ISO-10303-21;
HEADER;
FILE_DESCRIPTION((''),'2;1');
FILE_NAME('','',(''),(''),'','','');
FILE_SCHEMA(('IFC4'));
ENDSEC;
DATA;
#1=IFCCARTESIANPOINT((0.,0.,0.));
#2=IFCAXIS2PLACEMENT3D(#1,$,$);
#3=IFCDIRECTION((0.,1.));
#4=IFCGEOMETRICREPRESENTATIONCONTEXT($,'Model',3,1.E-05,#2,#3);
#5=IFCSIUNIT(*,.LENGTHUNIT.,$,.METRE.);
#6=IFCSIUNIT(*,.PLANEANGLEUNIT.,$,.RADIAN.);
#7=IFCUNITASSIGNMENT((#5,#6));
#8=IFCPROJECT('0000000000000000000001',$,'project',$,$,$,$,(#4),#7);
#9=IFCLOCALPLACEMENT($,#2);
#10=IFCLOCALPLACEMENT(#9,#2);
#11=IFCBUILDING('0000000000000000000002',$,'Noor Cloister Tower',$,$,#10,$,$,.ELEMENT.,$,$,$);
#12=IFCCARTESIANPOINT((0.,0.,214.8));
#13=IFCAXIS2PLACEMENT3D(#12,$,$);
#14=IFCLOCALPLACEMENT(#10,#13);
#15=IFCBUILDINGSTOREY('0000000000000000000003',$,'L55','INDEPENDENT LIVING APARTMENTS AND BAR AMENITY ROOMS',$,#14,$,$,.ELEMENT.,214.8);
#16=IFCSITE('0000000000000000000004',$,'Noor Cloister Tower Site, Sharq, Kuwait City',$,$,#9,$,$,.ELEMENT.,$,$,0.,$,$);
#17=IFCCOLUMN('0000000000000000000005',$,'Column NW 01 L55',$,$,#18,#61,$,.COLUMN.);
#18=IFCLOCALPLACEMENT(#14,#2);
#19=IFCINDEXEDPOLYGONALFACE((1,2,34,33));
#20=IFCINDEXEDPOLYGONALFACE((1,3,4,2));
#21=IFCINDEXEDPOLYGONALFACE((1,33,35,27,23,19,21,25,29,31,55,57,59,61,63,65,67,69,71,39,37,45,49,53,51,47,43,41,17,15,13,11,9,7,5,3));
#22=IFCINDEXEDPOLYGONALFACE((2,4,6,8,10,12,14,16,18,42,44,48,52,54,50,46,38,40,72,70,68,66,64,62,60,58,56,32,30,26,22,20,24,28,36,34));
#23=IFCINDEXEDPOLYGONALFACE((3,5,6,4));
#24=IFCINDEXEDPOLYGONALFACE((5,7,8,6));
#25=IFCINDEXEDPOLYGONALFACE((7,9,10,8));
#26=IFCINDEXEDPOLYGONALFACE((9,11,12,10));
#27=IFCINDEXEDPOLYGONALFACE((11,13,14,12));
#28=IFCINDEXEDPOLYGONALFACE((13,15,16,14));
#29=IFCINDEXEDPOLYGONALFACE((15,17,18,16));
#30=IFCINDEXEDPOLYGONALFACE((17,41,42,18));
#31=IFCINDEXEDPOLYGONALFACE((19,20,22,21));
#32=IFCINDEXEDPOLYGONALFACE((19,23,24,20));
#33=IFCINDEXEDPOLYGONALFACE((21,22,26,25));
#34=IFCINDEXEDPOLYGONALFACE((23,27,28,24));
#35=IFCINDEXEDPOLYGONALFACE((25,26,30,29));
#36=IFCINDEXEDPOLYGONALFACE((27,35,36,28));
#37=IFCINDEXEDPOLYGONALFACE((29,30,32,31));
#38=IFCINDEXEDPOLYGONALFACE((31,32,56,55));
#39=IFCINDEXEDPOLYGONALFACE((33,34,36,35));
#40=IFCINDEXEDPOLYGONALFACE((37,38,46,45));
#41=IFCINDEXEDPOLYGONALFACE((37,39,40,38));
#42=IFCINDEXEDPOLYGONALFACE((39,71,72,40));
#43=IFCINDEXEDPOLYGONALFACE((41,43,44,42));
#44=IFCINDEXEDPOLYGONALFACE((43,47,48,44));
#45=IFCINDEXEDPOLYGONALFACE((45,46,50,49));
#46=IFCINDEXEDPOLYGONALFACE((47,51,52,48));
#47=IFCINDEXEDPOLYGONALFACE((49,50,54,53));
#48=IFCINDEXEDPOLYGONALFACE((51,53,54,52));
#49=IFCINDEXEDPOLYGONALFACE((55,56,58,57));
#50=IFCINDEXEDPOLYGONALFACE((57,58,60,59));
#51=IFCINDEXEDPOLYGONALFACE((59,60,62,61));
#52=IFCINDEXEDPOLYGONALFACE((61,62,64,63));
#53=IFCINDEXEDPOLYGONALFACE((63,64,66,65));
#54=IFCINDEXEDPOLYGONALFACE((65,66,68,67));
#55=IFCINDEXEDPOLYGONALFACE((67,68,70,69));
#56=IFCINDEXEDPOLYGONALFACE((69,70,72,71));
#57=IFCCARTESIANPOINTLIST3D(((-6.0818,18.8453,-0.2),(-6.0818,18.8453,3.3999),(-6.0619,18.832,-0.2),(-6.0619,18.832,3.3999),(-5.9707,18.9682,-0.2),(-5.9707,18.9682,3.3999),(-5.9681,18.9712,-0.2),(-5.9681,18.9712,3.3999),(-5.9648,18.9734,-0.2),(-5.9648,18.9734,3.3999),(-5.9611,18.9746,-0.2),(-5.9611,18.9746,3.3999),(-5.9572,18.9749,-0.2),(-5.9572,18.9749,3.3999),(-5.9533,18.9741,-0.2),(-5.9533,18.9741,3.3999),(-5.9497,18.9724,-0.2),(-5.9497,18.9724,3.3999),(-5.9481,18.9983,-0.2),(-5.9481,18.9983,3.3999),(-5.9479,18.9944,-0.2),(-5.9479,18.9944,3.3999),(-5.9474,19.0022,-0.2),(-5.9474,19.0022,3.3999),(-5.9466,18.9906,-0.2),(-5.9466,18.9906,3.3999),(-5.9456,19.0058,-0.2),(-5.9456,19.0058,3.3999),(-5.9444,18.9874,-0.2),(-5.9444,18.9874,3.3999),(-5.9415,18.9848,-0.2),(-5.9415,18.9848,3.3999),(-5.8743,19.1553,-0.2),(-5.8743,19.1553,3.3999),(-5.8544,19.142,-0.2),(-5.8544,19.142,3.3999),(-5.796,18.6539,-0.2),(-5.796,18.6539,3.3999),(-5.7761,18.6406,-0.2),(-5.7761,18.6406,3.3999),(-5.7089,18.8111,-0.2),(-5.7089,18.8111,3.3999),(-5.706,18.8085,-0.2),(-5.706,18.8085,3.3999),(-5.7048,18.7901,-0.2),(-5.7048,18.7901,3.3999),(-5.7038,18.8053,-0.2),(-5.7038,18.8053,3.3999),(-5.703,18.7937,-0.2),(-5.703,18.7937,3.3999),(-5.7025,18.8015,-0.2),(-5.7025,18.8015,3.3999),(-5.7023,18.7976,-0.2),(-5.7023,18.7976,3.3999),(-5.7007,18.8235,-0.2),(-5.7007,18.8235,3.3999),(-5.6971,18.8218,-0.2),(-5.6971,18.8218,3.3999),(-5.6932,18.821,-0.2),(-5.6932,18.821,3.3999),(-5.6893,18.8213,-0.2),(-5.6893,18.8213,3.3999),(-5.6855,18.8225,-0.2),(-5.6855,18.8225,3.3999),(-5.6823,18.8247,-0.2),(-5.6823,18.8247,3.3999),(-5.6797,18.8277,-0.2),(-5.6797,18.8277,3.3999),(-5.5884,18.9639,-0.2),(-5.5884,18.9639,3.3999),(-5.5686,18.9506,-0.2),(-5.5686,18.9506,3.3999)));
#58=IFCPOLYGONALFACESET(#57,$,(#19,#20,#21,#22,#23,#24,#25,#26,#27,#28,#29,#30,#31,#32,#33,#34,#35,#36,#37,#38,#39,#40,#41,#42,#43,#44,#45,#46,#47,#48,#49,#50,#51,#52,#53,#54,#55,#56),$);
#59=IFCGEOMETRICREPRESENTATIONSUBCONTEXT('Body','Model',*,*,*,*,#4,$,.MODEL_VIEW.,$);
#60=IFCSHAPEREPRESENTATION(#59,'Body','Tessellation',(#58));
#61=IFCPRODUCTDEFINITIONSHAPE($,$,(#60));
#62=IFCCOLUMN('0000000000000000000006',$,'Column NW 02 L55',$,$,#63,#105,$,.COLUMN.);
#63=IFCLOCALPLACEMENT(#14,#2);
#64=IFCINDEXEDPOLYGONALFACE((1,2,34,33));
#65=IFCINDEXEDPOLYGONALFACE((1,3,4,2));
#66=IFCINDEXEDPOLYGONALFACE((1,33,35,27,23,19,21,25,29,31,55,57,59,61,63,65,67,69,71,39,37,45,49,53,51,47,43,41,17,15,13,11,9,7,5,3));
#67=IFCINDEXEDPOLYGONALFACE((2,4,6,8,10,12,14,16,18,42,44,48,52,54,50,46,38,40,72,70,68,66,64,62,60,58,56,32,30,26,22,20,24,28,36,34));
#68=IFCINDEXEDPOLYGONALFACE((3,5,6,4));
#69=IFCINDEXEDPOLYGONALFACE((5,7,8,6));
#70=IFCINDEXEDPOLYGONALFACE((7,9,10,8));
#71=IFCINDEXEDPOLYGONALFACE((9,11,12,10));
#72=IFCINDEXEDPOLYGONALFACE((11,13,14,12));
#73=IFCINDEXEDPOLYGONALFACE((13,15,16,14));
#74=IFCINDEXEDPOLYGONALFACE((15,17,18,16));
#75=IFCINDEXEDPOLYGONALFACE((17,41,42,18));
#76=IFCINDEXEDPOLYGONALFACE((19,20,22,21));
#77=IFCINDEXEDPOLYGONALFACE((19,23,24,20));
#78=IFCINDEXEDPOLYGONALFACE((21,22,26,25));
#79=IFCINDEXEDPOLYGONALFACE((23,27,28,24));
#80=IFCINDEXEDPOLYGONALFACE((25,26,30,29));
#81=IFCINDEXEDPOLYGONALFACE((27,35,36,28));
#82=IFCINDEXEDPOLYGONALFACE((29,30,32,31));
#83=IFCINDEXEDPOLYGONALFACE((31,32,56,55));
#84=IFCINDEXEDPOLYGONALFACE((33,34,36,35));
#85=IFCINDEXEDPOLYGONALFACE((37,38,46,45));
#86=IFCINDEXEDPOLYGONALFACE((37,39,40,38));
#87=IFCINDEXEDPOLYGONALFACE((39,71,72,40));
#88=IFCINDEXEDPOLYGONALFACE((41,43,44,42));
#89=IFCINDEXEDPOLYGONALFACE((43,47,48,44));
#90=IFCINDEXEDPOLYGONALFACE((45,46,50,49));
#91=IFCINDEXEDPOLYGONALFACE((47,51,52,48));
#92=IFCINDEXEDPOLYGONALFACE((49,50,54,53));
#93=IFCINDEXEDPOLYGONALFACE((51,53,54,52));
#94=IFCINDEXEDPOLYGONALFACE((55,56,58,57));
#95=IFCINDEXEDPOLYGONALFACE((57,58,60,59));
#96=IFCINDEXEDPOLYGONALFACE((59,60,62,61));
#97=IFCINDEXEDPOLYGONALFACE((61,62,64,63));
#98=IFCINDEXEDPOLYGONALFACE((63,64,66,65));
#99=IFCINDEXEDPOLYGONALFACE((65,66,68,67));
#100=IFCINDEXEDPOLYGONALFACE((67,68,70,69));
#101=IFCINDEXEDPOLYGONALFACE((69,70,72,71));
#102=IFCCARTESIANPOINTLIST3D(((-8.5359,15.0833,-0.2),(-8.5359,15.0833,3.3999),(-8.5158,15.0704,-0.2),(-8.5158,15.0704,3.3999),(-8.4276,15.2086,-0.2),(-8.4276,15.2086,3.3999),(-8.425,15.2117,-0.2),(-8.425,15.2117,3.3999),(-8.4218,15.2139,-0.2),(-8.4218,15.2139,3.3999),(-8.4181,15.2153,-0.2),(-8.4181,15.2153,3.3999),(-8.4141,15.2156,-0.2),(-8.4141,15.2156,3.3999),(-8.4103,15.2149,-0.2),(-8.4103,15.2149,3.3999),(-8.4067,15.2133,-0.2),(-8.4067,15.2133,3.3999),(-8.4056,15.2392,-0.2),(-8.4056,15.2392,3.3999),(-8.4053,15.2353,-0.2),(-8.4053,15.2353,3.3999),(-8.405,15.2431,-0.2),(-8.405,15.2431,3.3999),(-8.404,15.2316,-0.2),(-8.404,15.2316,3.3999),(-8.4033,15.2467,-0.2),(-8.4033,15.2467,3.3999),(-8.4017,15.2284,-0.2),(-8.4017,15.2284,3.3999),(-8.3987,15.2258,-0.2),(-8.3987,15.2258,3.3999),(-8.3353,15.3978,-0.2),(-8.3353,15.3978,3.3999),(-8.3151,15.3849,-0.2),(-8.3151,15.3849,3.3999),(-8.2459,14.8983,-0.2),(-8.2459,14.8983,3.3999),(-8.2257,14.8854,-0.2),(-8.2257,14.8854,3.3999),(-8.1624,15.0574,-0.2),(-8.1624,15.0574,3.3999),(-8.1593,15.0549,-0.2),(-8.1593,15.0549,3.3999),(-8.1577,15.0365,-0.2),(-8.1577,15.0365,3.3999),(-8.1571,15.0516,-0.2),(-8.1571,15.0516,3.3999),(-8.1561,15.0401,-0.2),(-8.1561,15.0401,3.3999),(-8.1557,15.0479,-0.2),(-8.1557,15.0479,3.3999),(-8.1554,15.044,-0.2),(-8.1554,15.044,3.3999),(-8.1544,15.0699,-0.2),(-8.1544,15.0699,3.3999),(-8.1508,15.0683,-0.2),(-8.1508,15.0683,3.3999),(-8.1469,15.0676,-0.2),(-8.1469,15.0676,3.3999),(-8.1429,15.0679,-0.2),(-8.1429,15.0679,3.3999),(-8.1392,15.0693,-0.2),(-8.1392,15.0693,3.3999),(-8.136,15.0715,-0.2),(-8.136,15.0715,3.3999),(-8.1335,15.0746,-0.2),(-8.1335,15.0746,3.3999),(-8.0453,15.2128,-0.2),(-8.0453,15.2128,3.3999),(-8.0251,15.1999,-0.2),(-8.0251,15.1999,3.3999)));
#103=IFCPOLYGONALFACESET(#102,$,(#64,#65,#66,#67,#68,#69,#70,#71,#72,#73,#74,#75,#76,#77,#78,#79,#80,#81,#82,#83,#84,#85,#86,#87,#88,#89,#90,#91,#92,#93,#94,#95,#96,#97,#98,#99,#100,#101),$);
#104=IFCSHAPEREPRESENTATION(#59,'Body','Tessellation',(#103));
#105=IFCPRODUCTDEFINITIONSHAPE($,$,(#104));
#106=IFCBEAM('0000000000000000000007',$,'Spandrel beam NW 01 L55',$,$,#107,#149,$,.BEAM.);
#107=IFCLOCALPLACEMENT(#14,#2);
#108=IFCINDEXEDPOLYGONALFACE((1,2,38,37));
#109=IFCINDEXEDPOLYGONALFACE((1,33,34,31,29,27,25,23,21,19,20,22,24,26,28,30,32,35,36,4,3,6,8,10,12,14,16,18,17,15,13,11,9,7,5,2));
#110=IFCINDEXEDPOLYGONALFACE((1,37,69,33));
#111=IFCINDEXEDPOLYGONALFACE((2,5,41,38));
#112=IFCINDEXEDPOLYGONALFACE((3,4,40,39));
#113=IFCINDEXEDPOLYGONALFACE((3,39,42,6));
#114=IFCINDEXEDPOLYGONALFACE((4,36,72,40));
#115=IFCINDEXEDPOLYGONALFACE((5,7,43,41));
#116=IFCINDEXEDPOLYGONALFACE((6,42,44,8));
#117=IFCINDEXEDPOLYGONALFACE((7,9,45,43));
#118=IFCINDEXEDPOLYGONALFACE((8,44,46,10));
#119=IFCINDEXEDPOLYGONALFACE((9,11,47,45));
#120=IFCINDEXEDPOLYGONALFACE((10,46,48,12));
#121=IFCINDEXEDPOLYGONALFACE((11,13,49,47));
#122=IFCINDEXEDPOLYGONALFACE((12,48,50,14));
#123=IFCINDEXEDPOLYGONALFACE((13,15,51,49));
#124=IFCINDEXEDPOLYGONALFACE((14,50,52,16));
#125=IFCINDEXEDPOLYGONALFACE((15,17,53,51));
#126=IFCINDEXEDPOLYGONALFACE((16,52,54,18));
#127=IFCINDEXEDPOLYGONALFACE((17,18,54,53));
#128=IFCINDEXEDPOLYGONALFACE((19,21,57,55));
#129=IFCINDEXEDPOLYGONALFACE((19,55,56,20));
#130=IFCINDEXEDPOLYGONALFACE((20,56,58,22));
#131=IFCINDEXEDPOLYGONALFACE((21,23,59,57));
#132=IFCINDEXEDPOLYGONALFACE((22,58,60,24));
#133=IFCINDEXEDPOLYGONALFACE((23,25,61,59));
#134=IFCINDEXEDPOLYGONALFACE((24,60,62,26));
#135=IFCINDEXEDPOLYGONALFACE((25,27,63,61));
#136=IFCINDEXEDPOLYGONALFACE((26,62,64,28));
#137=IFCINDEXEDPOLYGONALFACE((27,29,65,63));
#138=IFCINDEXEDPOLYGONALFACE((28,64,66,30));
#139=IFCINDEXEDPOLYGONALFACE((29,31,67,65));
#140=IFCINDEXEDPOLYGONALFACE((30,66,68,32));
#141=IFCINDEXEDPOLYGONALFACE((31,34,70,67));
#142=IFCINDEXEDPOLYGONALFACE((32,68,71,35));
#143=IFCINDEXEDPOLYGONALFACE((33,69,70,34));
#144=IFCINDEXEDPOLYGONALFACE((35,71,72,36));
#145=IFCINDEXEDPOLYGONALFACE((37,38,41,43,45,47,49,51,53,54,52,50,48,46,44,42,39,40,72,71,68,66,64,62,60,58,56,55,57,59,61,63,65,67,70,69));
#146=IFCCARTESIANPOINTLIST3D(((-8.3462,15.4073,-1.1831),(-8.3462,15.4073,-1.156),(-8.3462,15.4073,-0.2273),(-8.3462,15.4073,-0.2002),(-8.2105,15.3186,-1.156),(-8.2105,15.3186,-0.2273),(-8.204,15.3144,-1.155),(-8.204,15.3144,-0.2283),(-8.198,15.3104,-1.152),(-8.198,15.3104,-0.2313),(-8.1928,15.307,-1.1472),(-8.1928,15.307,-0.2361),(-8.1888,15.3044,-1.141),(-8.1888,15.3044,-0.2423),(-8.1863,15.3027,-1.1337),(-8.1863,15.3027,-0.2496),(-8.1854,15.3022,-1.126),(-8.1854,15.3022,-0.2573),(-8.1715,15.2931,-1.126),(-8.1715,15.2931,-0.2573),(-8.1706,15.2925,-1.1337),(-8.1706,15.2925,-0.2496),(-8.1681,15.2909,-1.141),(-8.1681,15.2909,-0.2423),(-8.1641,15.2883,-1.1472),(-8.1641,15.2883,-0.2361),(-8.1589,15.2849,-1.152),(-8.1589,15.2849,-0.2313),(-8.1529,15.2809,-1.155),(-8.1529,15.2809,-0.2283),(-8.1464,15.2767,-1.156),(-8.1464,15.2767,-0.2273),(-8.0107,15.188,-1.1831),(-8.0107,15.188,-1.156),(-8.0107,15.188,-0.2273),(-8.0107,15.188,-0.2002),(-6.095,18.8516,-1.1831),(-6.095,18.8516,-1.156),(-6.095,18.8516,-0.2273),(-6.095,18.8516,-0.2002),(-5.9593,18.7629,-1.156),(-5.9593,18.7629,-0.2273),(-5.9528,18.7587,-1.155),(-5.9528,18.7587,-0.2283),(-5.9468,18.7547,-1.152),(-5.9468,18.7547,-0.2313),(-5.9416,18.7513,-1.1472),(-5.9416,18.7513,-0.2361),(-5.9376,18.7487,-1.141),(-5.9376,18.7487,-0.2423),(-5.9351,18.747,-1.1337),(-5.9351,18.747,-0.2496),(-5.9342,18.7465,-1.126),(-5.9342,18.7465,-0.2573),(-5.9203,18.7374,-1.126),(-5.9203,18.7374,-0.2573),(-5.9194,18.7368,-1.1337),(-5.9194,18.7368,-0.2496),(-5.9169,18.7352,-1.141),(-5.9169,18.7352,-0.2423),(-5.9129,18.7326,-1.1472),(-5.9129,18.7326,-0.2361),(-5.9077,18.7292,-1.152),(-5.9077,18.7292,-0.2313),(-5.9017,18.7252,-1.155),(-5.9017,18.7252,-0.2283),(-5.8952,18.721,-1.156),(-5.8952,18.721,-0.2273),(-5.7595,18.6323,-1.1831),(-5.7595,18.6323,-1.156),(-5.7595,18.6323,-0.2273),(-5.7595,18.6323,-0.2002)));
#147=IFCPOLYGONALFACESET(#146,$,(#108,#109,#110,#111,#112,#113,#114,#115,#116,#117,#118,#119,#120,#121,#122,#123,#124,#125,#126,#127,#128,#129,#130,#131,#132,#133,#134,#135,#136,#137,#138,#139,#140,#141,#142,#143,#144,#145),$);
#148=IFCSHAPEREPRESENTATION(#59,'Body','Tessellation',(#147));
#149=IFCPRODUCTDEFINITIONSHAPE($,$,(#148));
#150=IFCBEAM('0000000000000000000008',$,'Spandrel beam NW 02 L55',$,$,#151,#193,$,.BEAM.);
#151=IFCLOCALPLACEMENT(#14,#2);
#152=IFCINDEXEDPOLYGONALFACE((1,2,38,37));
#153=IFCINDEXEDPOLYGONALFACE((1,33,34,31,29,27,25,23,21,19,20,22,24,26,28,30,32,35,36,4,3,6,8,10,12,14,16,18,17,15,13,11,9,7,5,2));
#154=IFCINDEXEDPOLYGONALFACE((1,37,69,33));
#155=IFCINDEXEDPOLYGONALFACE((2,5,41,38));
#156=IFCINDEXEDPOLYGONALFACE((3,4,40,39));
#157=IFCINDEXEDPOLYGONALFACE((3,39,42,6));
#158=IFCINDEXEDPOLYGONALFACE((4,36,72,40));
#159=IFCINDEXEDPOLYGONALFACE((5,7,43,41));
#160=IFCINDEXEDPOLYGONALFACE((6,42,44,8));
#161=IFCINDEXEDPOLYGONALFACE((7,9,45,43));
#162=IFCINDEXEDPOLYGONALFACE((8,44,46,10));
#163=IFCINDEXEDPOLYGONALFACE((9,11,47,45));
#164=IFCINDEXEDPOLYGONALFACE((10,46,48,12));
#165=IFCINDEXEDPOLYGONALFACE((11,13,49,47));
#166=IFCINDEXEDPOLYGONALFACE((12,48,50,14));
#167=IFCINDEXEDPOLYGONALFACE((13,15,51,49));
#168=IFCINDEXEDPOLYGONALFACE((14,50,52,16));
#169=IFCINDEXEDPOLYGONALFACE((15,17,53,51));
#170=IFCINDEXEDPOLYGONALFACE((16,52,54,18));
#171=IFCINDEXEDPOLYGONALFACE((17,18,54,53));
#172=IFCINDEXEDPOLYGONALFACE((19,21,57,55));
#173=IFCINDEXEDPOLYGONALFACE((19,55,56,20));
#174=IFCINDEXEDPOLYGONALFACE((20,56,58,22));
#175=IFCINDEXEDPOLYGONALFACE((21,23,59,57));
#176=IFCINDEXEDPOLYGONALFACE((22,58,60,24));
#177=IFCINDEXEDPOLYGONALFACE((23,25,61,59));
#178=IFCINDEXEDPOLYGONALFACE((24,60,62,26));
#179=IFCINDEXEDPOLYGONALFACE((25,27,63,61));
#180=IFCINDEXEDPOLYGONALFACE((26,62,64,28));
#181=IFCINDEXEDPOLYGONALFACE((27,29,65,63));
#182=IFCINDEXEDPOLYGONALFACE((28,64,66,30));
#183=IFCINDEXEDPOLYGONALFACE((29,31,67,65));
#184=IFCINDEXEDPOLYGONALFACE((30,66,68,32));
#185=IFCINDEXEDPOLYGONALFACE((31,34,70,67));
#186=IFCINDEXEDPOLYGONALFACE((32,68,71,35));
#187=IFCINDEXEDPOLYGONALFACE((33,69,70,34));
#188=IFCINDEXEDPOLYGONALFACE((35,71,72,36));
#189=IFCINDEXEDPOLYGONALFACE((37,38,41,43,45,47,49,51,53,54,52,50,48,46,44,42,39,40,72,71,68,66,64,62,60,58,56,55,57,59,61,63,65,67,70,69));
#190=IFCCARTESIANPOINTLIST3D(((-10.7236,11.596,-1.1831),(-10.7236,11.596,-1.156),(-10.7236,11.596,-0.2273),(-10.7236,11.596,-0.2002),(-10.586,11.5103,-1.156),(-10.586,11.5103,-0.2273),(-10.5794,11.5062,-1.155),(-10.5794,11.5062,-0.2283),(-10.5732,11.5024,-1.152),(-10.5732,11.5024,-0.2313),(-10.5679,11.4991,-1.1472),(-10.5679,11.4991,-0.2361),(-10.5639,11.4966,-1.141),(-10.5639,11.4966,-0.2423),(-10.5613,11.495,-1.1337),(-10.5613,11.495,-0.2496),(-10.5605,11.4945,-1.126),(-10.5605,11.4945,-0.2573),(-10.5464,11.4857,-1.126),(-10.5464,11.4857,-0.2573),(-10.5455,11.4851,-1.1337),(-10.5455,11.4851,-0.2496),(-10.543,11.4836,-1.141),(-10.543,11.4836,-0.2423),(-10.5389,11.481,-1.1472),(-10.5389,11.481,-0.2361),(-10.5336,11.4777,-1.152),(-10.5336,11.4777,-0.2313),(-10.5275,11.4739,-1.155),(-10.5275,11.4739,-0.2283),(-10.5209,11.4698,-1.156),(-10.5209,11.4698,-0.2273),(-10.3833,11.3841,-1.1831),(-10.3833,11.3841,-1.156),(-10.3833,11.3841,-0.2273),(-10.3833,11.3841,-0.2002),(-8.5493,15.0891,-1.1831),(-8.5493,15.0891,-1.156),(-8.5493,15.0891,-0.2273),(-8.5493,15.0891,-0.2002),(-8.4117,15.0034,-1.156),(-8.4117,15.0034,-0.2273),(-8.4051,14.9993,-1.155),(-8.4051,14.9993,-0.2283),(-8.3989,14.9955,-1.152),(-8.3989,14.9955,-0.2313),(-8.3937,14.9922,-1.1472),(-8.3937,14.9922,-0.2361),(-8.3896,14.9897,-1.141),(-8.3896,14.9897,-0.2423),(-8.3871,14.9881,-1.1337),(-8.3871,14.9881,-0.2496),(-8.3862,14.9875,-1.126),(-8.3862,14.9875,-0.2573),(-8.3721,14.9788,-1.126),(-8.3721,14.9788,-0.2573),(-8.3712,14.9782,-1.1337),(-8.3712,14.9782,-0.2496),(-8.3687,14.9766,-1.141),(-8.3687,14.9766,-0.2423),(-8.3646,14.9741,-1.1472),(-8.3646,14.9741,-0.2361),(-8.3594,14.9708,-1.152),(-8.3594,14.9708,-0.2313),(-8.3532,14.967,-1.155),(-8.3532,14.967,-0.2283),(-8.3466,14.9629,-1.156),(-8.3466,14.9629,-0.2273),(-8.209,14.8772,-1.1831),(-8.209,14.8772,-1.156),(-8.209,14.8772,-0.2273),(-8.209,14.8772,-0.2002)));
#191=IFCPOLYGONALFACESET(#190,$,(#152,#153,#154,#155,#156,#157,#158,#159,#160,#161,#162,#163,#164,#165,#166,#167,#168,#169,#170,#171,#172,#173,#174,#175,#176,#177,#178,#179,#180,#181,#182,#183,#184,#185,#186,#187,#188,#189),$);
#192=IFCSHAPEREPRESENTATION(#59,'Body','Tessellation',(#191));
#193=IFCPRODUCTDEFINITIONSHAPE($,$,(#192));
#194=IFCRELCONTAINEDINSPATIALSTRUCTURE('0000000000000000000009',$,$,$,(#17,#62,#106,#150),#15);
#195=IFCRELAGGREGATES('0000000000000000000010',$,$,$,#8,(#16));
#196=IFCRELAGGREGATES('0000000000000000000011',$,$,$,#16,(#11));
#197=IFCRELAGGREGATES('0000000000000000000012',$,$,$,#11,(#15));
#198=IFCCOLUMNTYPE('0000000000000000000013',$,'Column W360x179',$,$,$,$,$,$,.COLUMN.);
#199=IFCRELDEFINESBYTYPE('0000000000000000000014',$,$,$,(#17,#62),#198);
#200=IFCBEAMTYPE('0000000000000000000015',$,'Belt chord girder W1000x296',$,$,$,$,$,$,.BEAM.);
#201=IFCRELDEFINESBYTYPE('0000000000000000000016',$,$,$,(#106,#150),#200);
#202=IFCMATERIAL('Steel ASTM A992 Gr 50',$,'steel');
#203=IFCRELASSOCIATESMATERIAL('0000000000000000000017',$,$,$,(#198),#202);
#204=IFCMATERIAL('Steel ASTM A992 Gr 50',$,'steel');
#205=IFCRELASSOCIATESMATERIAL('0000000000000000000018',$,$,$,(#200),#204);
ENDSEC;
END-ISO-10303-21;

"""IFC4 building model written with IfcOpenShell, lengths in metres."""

from ifc_helpers import new_model, si_unit, direction, frame, origin, origin_2d, place, context, subcontext, project, spatial, i_section, extrude, material, material_profile, profile_set, type_object, element, save


model = new_model("IFC4")

# Units and contexts
model_context = context("Model", 3, precision=1e-05, world=origin(), true_north=direction((0.0, 1.0)))
body_context = subcontext(model_context, "Body", "Model", "MODEL_VIEW")
ifc_project = project(units=[si_unit("LENGTHUNIT", "METRE"), si_unit("PLANEANGLEUNIT", "RADIAN")], contexts=[model_context])

# Site, building, storey
site_placement = place(None, origin())
site = spatial("IfcSite", under=ifc_project, at=site_placement, Name="Noor Cloister Tower Site, Sharq, Kuwait City", CompositionType="ELEMENT", RefElevation=0.0)
building_placement = place(site_placement, origin())
building = spatial("IfcBuilding", under=site, at=building_placement, Name="Noor Cloister Tower", CompositionType="ELEMENT")
storey_placement = place(building_placement, frame((0.0, 0.0, 214.8)))
storey = spatial("IfcBuildingStorey", under=building, at=storey_placement, Name="L55", Description="INDEPENDENT LIVING APARTMENTS AND BAR AMENITY ROOMS", CompositionType="ELEMENT", Elevation=214.8)

# Columns
ifc_material_1 = material(Name="Steel ASTM A992 Gr 50", Category="steel")
ifc_material_profile_1 = material_profile(ifc_material_1, i_section(OverallWidth=0.373, OverallDepth=0.3679, WebThickness=0.0149, FlangeThickness=0.0239, FilletRadius=0.0151, at=origin_2d()), Name="W360x179")
ifc_profile_set_1 = profile_set([ifc_material_profile_1], Name="Steel ASTM A992 Gr 50")
column_type = type_object("IfcColumnType", Name="Column W360x179", PredefinedType="COLUMN", material=ifc_profile_set_1)
for number, where, z_axis, x_axis, name in (
    (1, (-5.8252, 18.8979, -0.2), (0.0, 0.0, 1.0), (-0.55636, -0.830941, 0.0), "Column NW 01 L55"),
    (2, (-8.2805, 15.1416, -0.2), (0.0, 0.0, 1.0), (-0.537834, -0.843051, 0.0), "Column NW 02 L55"),
):
    element("IfcColumn", number, at=place(storey_placement, frame(where, z_axis=z_axis, x_axis=x_axis)), inside=storey, type_object=column_type, Name=name, PredefinedType="COLUMN", context=body_context, shape_type="SweptSolid", body=[
        extrude(i_section(OverallWidth=0.373, OverallDepth=0.3679, WebThickness=0.0149, FlangeThickness=0.0239, FilletRadius=0.0151, at=origin_2d()), origin(), (0.0, 0.0, 1.0), 3.5999),
    ])

# Beams
ifc_material_2 = material(Name="Steel ASTM A992 Gr 50", Category="steel")
ifc_material_profile_2 = material_profile(ifc_material_2, i_section(OverallWidth=0.4009, OverallDepth=0.9829, WebThickness=0.0166, FlangeThickness=0.0271, FilletRadius=0.03, at=origin_2d()), Name="W1000x296")
ifc_profile_set_2 = profile_set([ifc_material_profile_2], Name="Steel ASTM A992 Gr 50")
beam_type_1 = type_object("IfcBeamType", Name="Belt chord girder W1000x296", PredefinedType="BEAM", material=ifc_profile_set_2)
beam_1_placement = place(storey_placement, frame((-5.9272, 18.7419, -0.6917), z_axis=(-0.547105, -0.837064, 0.0), x_axis=(0.837064, -0.547105, 0.0)))
element("IfcBeam", 3, at=beam_1_placement, inside=storey, type_object=beam_type_1, Name="Spandrel beam NW 01 L55", PredefinedType="BEAM", context=body_context, shape_type="SweptSolid", body=[
    extrude(i_section(OverallWidth=0.4009, OverallDepth=0.9829, WebThickness=0.0166, FlangeThickness=0.0271, FilletRadius=0.03, at=origin_2d()), origin(), (0.0, 0.0, 1.0), 4.1147),
])
beam_2_placement = place(storey_placement, frame((-8.3792, 14.9832, -0.6917), z_axis=(-0.528441, -0.84897, 0.0), x_axis=(0.84897, -0.528441, 0.0)))
element("IfcBeam", 4, at=beam_2_placement, inside=storey, type_object=beam_type_1, Name="Spandrel beam NW 02 L55", PredefinedType="BEAM", context=body_context, shape_type="SweptSolid", body=[
    extrude(i_section(OverallWidth=0.4009, OverallDepth=0.9829, WebThickness=0.0166, FlangeThickness=0.0271, FilletRadius=0.03, at=origin_2d()), origin(), (0.0, 0.0, 1.0), 4.1145),
])

save(model, "model.ifc")
